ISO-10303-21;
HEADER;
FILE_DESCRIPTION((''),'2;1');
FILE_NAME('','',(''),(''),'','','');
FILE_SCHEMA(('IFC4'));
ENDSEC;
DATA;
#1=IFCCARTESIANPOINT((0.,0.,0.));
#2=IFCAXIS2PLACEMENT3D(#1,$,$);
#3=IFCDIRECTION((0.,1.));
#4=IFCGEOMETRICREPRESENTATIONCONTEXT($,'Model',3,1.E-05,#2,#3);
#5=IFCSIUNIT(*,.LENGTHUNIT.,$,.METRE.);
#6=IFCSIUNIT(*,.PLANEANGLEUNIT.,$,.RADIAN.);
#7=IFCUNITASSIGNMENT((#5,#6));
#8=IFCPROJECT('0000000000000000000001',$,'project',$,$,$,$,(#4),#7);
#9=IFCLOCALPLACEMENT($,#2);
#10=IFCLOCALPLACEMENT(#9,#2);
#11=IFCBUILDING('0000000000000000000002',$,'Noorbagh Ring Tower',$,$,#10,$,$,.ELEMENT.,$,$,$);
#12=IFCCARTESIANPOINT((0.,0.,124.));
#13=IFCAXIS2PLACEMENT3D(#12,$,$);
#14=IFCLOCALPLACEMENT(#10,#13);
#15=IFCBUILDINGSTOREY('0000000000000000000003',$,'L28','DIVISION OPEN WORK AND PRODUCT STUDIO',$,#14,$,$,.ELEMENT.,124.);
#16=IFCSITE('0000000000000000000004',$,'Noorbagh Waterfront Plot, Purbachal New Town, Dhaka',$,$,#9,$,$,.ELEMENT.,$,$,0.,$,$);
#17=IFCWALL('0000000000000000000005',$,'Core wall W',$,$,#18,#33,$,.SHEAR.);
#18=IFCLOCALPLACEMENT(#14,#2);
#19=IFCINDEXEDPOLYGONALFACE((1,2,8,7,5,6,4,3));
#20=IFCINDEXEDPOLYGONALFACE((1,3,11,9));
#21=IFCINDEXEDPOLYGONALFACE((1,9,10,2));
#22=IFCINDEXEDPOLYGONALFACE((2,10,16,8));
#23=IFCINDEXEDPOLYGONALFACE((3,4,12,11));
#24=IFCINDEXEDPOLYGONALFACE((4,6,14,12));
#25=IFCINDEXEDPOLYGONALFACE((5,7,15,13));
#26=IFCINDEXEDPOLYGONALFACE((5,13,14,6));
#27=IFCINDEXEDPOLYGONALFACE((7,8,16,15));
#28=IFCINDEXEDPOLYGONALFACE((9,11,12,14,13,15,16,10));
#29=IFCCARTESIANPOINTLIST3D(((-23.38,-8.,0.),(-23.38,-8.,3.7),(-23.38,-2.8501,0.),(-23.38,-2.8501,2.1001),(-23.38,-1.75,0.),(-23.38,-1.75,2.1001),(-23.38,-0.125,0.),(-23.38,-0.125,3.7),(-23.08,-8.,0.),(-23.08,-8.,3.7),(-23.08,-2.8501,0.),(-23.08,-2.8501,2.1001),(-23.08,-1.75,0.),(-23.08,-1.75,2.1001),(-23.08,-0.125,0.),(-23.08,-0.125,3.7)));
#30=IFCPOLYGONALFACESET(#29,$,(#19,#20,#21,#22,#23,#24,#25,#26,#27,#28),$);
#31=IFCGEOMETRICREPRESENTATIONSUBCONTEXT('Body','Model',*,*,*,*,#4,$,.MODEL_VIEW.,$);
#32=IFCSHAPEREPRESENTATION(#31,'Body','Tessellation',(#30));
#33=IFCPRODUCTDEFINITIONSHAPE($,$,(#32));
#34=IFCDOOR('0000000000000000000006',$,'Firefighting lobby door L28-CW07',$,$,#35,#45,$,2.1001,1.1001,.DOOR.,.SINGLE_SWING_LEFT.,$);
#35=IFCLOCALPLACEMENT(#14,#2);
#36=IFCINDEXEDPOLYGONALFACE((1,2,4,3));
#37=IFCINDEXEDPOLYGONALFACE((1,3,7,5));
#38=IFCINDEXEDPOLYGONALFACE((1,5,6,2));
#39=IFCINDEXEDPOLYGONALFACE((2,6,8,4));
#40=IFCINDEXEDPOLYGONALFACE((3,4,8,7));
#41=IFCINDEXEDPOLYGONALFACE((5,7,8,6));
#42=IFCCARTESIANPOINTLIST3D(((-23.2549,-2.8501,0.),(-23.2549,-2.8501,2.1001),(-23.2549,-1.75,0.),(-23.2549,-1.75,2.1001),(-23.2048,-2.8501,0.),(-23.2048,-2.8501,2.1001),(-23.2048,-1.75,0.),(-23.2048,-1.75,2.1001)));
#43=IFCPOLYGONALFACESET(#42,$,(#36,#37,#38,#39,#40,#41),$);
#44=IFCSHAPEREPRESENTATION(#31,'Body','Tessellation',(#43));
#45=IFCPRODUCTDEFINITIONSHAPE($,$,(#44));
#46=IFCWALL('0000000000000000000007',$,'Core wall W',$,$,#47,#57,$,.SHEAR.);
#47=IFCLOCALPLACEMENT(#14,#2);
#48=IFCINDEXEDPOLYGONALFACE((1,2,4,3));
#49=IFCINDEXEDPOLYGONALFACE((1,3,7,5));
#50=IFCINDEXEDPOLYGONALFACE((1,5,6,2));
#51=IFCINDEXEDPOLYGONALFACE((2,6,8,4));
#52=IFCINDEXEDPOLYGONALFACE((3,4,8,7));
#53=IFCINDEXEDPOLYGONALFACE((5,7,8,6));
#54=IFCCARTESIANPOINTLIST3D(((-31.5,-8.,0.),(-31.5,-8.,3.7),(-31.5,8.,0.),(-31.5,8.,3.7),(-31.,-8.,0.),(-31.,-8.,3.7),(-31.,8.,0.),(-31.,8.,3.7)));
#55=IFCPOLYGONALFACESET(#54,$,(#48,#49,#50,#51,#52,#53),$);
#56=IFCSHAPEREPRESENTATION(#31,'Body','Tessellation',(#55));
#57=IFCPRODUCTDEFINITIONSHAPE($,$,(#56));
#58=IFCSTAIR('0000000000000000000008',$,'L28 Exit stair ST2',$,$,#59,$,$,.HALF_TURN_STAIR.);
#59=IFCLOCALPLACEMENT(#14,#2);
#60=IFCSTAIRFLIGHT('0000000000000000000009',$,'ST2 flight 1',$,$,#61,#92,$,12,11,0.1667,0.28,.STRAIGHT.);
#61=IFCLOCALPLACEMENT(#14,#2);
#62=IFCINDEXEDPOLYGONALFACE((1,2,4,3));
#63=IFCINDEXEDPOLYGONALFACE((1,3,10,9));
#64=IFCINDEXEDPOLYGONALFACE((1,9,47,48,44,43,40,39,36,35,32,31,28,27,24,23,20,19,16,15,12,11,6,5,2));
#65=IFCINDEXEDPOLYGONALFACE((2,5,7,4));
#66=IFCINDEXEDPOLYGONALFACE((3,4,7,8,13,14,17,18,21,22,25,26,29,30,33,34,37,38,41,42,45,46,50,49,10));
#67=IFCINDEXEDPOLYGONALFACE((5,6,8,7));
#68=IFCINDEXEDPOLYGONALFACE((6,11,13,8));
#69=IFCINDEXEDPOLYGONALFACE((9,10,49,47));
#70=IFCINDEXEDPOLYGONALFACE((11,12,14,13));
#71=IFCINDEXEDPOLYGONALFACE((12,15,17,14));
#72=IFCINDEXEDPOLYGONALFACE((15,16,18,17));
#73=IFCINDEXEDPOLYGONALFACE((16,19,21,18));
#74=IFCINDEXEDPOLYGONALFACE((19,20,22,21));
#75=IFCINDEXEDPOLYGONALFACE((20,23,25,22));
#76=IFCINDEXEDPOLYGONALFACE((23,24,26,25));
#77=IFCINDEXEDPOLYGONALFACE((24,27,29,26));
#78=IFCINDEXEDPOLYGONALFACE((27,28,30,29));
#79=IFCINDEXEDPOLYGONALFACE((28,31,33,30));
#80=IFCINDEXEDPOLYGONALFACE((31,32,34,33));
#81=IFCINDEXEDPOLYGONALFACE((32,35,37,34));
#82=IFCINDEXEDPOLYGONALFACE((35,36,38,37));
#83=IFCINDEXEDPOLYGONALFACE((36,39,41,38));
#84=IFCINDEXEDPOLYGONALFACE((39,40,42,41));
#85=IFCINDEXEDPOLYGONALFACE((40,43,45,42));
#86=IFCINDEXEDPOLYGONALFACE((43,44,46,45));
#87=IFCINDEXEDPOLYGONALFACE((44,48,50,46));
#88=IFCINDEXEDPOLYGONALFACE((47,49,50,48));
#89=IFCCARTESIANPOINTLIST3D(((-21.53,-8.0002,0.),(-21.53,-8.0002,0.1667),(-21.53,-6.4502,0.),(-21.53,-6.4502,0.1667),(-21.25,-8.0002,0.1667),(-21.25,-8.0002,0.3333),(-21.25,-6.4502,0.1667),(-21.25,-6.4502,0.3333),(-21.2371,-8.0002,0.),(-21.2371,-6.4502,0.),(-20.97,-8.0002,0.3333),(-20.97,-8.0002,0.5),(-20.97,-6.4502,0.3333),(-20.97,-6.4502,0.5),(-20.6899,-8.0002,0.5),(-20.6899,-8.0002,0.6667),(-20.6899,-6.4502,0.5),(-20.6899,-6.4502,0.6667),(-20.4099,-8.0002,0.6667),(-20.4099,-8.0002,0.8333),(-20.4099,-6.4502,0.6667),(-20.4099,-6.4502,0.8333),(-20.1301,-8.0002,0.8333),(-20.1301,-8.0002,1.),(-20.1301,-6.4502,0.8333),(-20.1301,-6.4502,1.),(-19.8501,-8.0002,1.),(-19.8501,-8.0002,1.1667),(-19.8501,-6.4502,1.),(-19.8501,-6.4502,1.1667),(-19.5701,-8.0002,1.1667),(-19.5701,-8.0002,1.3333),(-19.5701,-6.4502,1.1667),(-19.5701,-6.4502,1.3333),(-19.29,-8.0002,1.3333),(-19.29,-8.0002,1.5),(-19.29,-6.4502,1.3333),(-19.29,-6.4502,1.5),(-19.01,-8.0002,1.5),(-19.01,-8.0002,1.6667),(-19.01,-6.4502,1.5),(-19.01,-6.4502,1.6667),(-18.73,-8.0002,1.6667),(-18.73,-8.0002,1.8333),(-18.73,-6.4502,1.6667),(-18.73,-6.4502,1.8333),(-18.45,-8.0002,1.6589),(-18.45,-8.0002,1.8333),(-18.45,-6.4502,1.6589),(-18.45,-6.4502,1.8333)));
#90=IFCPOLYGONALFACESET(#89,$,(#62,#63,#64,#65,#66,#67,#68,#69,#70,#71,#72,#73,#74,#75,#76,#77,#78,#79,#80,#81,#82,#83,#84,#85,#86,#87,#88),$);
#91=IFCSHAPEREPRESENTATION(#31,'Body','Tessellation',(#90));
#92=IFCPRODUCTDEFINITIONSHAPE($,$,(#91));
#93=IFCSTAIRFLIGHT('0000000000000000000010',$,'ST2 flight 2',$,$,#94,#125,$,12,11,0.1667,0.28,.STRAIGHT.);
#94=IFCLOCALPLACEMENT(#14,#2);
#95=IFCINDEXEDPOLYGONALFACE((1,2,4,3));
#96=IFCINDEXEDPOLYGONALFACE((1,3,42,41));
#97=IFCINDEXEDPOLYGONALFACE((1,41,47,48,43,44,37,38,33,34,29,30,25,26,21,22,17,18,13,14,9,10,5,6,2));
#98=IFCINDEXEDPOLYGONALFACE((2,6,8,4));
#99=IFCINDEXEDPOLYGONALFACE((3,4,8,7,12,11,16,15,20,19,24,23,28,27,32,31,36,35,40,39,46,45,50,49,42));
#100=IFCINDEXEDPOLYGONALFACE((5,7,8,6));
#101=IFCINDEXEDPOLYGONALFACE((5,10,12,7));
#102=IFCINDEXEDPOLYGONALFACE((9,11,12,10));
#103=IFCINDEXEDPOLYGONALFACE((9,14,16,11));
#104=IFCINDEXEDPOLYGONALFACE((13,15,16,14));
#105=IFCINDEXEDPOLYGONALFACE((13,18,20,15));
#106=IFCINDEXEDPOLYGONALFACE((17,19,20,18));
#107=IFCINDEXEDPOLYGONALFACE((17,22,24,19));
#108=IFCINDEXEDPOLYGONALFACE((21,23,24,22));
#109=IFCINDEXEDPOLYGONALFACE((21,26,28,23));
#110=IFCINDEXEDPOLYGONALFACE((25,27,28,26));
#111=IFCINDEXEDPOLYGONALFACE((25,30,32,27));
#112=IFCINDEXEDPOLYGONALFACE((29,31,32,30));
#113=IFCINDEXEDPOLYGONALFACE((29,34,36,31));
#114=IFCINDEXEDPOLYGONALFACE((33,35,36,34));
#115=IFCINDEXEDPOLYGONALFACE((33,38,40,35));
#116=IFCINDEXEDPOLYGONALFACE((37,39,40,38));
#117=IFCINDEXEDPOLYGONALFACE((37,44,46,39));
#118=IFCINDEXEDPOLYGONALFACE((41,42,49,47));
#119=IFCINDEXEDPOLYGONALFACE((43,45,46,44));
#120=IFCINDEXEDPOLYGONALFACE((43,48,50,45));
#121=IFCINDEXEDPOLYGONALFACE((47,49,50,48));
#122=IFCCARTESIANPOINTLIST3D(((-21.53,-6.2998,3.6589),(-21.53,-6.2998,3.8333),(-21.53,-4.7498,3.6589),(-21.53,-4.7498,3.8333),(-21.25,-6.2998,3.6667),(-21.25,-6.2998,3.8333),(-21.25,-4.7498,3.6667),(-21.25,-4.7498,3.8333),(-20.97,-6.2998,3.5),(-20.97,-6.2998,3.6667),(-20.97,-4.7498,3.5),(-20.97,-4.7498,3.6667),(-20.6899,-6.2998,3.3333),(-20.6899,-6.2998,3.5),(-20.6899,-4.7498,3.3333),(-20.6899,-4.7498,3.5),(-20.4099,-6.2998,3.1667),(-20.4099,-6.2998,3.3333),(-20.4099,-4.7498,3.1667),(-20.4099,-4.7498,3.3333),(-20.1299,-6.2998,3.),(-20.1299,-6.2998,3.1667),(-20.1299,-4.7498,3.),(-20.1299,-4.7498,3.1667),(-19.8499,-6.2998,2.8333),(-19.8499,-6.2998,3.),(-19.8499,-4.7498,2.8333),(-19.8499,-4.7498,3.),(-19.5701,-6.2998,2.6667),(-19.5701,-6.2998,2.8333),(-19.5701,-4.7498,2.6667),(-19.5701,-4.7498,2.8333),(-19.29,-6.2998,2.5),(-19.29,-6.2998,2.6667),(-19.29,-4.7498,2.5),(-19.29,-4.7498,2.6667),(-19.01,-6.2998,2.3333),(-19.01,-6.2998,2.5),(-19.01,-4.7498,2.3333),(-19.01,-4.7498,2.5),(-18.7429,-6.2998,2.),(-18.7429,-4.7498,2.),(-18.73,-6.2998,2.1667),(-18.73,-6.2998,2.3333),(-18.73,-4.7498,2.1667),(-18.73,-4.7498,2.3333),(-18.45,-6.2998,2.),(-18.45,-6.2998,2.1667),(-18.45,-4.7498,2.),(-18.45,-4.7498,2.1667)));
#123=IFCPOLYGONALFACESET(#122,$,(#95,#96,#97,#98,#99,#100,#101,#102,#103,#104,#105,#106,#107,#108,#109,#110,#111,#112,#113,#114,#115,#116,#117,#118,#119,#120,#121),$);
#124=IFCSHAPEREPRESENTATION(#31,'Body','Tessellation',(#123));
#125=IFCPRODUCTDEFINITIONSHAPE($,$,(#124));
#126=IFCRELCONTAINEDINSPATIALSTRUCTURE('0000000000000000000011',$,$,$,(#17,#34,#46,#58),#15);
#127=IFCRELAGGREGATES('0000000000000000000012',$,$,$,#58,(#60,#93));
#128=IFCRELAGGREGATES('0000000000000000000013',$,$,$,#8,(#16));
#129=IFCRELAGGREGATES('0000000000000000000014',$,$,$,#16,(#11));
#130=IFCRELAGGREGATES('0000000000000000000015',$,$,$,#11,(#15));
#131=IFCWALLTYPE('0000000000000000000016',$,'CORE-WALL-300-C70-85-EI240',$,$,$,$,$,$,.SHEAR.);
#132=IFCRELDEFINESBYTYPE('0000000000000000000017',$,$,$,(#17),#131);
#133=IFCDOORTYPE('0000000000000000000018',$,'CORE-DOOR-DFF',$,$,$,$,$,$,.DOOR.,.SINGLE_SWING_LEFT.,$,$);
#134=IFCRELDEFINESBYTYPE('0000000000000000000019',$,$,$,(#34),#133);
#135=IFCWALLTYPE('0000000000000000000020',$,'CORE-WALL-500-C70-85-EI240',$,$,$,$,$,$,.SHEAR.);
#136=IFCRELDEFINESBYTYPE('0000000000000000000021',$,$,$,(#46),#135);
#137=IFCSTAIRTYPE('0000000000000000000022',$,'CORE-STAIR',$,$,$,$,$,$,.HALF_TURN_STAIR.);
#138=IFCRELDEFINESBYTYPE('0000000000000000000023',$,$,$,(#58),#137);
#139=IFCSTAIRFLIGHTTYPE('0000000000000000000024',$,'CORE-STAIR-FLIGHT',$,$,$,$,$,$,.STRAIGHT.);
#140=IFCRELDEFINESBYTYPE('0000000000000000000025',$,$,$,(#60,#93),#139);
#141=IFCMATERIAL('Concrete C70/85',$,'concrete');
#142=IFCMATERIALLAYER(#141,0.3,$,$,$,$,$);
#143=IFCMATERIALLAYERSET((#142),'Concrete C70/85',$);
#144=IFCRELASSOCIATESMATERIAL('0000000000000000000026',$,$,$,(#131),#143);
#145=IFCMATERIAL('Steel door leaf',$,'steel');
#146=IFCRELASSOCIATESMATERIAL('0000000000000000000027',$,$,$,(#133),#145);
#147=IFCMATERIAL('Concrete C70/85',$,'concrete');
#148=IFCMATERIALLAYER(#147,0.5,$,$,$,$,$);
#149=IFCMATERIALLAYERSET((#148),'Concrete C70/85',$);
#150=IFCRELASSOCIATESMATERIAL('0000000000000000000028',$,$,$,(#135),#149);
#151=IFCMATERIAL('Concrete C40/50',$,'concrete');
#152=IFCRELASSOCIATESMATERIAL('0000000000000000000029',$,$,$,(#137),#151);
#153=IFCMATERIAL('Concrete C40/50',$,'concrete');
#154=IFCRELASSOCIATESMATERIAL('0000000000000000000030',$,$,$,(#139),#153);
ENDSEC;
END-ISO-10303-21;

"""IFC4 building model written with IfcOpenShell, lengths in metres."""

from ifc_helpers import new_model, si_unit, direction, frame, frame_2d, origin, place, context, subcontext, project, spatial, polyline, rectangle, outline, extrude, material, layer, layer_set, type_object, element, fill, aggregate, save


model = new_model("IFC4")

# Units and contexts
model_context = context("Model", 3, precision=1e-05, world=origin(), true_north=direction((0.0, 1.0)))
body_context = subcontext(model_context, "Body", "Model", "MODEL_VIEW")
ifc_project = project(units=[si_unit("LENGTHUNIT", "METRE"), si_unit("PLANEANGLEUNIT", "RADIAN")], contexts=[model_context])

# Site, building, storey
site_placement = place(None, origin())
site = spatial("IfcSite", under=ifc_project, at=site_placement, Name="Noorbagh Waterfront Plot, Purbachal New Town, Dhaka", CompositionType="ELEMENT", RefElevation=0.0)
building_placement = place(site_placement, origin())
building = spatial("IfcBuilding", under=site, at=building_placement, Name="Noorbagh Ring Tower", CompositionType="ELEMENT")
storey_placement = place(building_placement, frame((0.0, 0.0, 124.0)))
storey = spatial("IfcBuildingStorey", under=building, at=storey_placement, Name="L28", Description="DIVISION OPEN WORK AND PRODUCT STUDIO", CompositionType="ELEMENT", Elevation=124.0)

# Shared definitions
ifc_material_1 = material(Name="Concrete C70/85", Category="concrete")
ifc_layer_1 = layer(ifc_material_1, 0.3)
ifc_layer_set_1 = layer_set([ifc_layer_1], Name="Concrete C70/85")
wall_type_1 = type_object("IfcWallType", Name="CORE-WALL-300-C70-85-EI240", PredefinedType="SHEAR", material=ifc_layer_set_1)

# Wall, opening, door
wall_1_placement = place(storey_placement, frame((-23.23, -8.0, 0.0), z_axis=(0.0, 0.0, 1.0), x_axis=(0.0, 1.0, 0.0)))
wall_1 = element("IfcWall", 1, at=wall_1_placement, inside=storey, type_object=wall_type_1, Name="Core wall W", PredefinedType="SHEAR", context=body_context, shape_type="SweptSolid", body=[
    extrude(rectangle(XDim=7.875, YDim=0.3, at=frame_2d((3.9375, 0.0))), origin(), (0.0, 0.0, 1.0), 3.7),
])
opening_1_placement = place(wall_1_placement, frame((5.1499, 0.0, 0.0)))
opening_1 = element("IfcOpeningElement", 2, at=opening_1_placement, cuts=wall_1, PredefinedType="OPENING", context=body_context, shape_type="SweptSolid", body=[
    extrude(rectangle(XDim=1.1001, YDim=2.1001, at=frame_2d((0.55, 1.05))), frame((0.0, 0.1602, 0.0), z_axis=(0.0, -1.0, 0.0), x_axis=(1.0, 0.0, 0.0)), (0.0, 0.0, 1.0), 0.3201),
])
ifc_material_2 = material(Name="Steel door leaf", Category="steel")
door_type_1 = type_object("IfcDoorType", Name="CORE-DOOR-DFF", OperationType="SINGLE_SWING_LEFT", PredefinedType="DOOR", material=ifc_material_2)
door_1_placement = place(opening_1_placement, origin())
door_1 = element("IfcDoor", 3, at=door_1_placement, inside=storey, type_object=door_type_1, Name="Firefighting lobby door L28-CW07", OperationType="SINGLE_SWING_LEFT", OverallHeight=2.1001, OverallWidth=1.1001, PredefinedType="DOOR", context=body_context, shape_type="SweptSolid", body=[
    extrude(rectangle(XDim=1.1001, YDim=2.1001, at=frame_2d((0.55, 1.05))), frame((0.0, 0.0249, 0.0), z_axis=(0.0, -1.0, 0.0), x_axis=(1.0, 0.0, 0.0)), (0.0, 0.0, 1.0), 0.05),
])
fill(opening_1, door_1)

# Wall
ifc_material_3 = material(Name="Concrete C70/85", Category="concrete")
ifc_layer_2 = layer(ifc_material_3, 0.5)
ifc_layer_set_2 = layer_set([ifc_layer_2], Name="Concrete C70/85")
wall_type_2 = type_object("IfcWallType", Name="CORE-WALL-500-C70-85-EI240", PredefinedType="SHEAR", material=ifc_layer_set_2)
wall_2_placement = place(storey_placement, frame((-31.25, -8.0, 0.0), z_axis=(0.0, 0.0, 1.0), x_axis=(0.0, 1.0, 0.0)))
element("IfcWall", 4, at=wall_2_placement, inside=storey, type_object=wall_type_2, Name="Core wall W", PredefinedType="SHEAR", context=body_context, shape_type="SweptSolid", body=[
    extrude(rectangle(XDim=16.0, YDim=0.5, at=frame_2d((8.0, 0.0))), origin(), (0.0, 0.0, 1.0), 3.7),
])

# Stair, stair flights
ifc_material_4 = material(Name="Concrete C40/50", Category="concrete")
stair_type = type_object("IfcStairType", Name="CORE-STAIR", PredefinedType="HALF_TURN_STAIR", material=ifc_material_4)
stair_placement = place(storey_placement, origin())
stair = element("IfcStair", 5, at=stair_placement, inside=storey, type_object=stair_type, Name="L28 Exit stair ST2", PredefinedType="HALF_TURN_STAIR")
ifc_material_5 = material(Name="Concrete C40/50", Category="concrete")
stair_flight_type = type_object("IfcStairFlightType", Name="CORE-STAIR-FLIGHT", PredefinedType="STRAIGHT", material=ifc_material_5)
stair_flight_1_placement = place(storey_placement, frame((-21.53, -7.2251, 0.0), z_axis=(0.0, 0.0, 1.0), x_axis=(1.0, 0.0, 0.0)))
stair_flight_1 = element("IfcStairFlight", 6, at=stair_flight_1_placement, type_object=stair_flight_type, Name="ST2 flight 1", NumberOfRisers=12, NumberOfTreads=11, PredefinedType="STRAIGHT", RiserHeight=0.1667, TreadLength=0.28, context=body_context, shape_type="SweptSolid", body=[
    extrude(outline(polyline([(0.0, 0.0), (0.0, 0.1667), (0.28, 0.1667), (0.28, 0.3333), (0.5601, 0.3333), (0.5601, 0.5), (0.8401, 0.5), (0.8401, 0.6667), (1.1201, 0.6667), (1.1201, 0.8333), (1.3999, 0.8333), (1.3999, 1.0), (1.6799, 1.0), (1.6799, 1.1667), (1.96, 1.1667), (1.96, 1.3333), (2.24, 1.3333), (2.24, 1.5), (2.52, 1.5), (2.52, 1.6667), (2.8, 1.6667), (2.8, 1.8333), (3.0801, 1.8333), (3.0801, 2.0), (3.0801, 1.6589), (0.293, 0.0), (0.0, 0.0)])), frame((0.0, 0.7749, 0.0), z_axis=(0.0, -1.0, 0.0), x_axis=(1.0, 0.0, 0.0)), (0.0, 0.0, 1.0), 1.55),
])
stair_flight_2_placement = place(storey_placement, frame((-18.45, -5.5249, 2.0), z_axis=(0.0, 0.0, 1.0), x_axis=(-1.0, 0.0, 0.0)))
stair_flight_2 = element("IfcStairFlight", 7, at=stair_flight_2_placement, type_object=stair_flight_type, Name="ST2 flight 2", NumberOfRisers=12, NumberOfTreads=11, PredefinedType="STRAIGHT", RiserHeight=0.1667, TreadLength=0.28, context=body_context, shape_type="SweptSolid", body=[
    extrude(outline(polyline([(0.0, 0.0), (0.0, 0.1667), (0.28, 0.1667), (0.28, 0.3333), (0.5601, 0.3333), (0.5601, 0.5), (0.8401, 0.5), (0.8401, 0.6667), (1.1201, 0.6667), (1.1201, 0.8333), (1.3999, 0.8333), (1.3999, 1.0), (1.6799, 1.0), (1.6799, 1.1667), (1.96, 1.1667), (1.96, 1.3333), (2.24, 1.3333), (2.24, 1.5), (2.52, 1.5), (2.52, 1.6667), (2.8, 1.6667), (2.8, 1.8333), (3.0801, 1.8333), (3.0801, 2.0), (3.0801, 1.6589), (0.293, 0.0), (0.0, 0.0)])), frame((0.0, 0.7749, 0.0), z_axis=(0.0, -1.0, 0.0), x_axis=(1.0, 0.0, 0.0)), (0.0, 0.0, 1.0), 1.55),
])
aggregate(stair, [stair_flight_1, stair_flight_2])

save(model, "model.ifc")
